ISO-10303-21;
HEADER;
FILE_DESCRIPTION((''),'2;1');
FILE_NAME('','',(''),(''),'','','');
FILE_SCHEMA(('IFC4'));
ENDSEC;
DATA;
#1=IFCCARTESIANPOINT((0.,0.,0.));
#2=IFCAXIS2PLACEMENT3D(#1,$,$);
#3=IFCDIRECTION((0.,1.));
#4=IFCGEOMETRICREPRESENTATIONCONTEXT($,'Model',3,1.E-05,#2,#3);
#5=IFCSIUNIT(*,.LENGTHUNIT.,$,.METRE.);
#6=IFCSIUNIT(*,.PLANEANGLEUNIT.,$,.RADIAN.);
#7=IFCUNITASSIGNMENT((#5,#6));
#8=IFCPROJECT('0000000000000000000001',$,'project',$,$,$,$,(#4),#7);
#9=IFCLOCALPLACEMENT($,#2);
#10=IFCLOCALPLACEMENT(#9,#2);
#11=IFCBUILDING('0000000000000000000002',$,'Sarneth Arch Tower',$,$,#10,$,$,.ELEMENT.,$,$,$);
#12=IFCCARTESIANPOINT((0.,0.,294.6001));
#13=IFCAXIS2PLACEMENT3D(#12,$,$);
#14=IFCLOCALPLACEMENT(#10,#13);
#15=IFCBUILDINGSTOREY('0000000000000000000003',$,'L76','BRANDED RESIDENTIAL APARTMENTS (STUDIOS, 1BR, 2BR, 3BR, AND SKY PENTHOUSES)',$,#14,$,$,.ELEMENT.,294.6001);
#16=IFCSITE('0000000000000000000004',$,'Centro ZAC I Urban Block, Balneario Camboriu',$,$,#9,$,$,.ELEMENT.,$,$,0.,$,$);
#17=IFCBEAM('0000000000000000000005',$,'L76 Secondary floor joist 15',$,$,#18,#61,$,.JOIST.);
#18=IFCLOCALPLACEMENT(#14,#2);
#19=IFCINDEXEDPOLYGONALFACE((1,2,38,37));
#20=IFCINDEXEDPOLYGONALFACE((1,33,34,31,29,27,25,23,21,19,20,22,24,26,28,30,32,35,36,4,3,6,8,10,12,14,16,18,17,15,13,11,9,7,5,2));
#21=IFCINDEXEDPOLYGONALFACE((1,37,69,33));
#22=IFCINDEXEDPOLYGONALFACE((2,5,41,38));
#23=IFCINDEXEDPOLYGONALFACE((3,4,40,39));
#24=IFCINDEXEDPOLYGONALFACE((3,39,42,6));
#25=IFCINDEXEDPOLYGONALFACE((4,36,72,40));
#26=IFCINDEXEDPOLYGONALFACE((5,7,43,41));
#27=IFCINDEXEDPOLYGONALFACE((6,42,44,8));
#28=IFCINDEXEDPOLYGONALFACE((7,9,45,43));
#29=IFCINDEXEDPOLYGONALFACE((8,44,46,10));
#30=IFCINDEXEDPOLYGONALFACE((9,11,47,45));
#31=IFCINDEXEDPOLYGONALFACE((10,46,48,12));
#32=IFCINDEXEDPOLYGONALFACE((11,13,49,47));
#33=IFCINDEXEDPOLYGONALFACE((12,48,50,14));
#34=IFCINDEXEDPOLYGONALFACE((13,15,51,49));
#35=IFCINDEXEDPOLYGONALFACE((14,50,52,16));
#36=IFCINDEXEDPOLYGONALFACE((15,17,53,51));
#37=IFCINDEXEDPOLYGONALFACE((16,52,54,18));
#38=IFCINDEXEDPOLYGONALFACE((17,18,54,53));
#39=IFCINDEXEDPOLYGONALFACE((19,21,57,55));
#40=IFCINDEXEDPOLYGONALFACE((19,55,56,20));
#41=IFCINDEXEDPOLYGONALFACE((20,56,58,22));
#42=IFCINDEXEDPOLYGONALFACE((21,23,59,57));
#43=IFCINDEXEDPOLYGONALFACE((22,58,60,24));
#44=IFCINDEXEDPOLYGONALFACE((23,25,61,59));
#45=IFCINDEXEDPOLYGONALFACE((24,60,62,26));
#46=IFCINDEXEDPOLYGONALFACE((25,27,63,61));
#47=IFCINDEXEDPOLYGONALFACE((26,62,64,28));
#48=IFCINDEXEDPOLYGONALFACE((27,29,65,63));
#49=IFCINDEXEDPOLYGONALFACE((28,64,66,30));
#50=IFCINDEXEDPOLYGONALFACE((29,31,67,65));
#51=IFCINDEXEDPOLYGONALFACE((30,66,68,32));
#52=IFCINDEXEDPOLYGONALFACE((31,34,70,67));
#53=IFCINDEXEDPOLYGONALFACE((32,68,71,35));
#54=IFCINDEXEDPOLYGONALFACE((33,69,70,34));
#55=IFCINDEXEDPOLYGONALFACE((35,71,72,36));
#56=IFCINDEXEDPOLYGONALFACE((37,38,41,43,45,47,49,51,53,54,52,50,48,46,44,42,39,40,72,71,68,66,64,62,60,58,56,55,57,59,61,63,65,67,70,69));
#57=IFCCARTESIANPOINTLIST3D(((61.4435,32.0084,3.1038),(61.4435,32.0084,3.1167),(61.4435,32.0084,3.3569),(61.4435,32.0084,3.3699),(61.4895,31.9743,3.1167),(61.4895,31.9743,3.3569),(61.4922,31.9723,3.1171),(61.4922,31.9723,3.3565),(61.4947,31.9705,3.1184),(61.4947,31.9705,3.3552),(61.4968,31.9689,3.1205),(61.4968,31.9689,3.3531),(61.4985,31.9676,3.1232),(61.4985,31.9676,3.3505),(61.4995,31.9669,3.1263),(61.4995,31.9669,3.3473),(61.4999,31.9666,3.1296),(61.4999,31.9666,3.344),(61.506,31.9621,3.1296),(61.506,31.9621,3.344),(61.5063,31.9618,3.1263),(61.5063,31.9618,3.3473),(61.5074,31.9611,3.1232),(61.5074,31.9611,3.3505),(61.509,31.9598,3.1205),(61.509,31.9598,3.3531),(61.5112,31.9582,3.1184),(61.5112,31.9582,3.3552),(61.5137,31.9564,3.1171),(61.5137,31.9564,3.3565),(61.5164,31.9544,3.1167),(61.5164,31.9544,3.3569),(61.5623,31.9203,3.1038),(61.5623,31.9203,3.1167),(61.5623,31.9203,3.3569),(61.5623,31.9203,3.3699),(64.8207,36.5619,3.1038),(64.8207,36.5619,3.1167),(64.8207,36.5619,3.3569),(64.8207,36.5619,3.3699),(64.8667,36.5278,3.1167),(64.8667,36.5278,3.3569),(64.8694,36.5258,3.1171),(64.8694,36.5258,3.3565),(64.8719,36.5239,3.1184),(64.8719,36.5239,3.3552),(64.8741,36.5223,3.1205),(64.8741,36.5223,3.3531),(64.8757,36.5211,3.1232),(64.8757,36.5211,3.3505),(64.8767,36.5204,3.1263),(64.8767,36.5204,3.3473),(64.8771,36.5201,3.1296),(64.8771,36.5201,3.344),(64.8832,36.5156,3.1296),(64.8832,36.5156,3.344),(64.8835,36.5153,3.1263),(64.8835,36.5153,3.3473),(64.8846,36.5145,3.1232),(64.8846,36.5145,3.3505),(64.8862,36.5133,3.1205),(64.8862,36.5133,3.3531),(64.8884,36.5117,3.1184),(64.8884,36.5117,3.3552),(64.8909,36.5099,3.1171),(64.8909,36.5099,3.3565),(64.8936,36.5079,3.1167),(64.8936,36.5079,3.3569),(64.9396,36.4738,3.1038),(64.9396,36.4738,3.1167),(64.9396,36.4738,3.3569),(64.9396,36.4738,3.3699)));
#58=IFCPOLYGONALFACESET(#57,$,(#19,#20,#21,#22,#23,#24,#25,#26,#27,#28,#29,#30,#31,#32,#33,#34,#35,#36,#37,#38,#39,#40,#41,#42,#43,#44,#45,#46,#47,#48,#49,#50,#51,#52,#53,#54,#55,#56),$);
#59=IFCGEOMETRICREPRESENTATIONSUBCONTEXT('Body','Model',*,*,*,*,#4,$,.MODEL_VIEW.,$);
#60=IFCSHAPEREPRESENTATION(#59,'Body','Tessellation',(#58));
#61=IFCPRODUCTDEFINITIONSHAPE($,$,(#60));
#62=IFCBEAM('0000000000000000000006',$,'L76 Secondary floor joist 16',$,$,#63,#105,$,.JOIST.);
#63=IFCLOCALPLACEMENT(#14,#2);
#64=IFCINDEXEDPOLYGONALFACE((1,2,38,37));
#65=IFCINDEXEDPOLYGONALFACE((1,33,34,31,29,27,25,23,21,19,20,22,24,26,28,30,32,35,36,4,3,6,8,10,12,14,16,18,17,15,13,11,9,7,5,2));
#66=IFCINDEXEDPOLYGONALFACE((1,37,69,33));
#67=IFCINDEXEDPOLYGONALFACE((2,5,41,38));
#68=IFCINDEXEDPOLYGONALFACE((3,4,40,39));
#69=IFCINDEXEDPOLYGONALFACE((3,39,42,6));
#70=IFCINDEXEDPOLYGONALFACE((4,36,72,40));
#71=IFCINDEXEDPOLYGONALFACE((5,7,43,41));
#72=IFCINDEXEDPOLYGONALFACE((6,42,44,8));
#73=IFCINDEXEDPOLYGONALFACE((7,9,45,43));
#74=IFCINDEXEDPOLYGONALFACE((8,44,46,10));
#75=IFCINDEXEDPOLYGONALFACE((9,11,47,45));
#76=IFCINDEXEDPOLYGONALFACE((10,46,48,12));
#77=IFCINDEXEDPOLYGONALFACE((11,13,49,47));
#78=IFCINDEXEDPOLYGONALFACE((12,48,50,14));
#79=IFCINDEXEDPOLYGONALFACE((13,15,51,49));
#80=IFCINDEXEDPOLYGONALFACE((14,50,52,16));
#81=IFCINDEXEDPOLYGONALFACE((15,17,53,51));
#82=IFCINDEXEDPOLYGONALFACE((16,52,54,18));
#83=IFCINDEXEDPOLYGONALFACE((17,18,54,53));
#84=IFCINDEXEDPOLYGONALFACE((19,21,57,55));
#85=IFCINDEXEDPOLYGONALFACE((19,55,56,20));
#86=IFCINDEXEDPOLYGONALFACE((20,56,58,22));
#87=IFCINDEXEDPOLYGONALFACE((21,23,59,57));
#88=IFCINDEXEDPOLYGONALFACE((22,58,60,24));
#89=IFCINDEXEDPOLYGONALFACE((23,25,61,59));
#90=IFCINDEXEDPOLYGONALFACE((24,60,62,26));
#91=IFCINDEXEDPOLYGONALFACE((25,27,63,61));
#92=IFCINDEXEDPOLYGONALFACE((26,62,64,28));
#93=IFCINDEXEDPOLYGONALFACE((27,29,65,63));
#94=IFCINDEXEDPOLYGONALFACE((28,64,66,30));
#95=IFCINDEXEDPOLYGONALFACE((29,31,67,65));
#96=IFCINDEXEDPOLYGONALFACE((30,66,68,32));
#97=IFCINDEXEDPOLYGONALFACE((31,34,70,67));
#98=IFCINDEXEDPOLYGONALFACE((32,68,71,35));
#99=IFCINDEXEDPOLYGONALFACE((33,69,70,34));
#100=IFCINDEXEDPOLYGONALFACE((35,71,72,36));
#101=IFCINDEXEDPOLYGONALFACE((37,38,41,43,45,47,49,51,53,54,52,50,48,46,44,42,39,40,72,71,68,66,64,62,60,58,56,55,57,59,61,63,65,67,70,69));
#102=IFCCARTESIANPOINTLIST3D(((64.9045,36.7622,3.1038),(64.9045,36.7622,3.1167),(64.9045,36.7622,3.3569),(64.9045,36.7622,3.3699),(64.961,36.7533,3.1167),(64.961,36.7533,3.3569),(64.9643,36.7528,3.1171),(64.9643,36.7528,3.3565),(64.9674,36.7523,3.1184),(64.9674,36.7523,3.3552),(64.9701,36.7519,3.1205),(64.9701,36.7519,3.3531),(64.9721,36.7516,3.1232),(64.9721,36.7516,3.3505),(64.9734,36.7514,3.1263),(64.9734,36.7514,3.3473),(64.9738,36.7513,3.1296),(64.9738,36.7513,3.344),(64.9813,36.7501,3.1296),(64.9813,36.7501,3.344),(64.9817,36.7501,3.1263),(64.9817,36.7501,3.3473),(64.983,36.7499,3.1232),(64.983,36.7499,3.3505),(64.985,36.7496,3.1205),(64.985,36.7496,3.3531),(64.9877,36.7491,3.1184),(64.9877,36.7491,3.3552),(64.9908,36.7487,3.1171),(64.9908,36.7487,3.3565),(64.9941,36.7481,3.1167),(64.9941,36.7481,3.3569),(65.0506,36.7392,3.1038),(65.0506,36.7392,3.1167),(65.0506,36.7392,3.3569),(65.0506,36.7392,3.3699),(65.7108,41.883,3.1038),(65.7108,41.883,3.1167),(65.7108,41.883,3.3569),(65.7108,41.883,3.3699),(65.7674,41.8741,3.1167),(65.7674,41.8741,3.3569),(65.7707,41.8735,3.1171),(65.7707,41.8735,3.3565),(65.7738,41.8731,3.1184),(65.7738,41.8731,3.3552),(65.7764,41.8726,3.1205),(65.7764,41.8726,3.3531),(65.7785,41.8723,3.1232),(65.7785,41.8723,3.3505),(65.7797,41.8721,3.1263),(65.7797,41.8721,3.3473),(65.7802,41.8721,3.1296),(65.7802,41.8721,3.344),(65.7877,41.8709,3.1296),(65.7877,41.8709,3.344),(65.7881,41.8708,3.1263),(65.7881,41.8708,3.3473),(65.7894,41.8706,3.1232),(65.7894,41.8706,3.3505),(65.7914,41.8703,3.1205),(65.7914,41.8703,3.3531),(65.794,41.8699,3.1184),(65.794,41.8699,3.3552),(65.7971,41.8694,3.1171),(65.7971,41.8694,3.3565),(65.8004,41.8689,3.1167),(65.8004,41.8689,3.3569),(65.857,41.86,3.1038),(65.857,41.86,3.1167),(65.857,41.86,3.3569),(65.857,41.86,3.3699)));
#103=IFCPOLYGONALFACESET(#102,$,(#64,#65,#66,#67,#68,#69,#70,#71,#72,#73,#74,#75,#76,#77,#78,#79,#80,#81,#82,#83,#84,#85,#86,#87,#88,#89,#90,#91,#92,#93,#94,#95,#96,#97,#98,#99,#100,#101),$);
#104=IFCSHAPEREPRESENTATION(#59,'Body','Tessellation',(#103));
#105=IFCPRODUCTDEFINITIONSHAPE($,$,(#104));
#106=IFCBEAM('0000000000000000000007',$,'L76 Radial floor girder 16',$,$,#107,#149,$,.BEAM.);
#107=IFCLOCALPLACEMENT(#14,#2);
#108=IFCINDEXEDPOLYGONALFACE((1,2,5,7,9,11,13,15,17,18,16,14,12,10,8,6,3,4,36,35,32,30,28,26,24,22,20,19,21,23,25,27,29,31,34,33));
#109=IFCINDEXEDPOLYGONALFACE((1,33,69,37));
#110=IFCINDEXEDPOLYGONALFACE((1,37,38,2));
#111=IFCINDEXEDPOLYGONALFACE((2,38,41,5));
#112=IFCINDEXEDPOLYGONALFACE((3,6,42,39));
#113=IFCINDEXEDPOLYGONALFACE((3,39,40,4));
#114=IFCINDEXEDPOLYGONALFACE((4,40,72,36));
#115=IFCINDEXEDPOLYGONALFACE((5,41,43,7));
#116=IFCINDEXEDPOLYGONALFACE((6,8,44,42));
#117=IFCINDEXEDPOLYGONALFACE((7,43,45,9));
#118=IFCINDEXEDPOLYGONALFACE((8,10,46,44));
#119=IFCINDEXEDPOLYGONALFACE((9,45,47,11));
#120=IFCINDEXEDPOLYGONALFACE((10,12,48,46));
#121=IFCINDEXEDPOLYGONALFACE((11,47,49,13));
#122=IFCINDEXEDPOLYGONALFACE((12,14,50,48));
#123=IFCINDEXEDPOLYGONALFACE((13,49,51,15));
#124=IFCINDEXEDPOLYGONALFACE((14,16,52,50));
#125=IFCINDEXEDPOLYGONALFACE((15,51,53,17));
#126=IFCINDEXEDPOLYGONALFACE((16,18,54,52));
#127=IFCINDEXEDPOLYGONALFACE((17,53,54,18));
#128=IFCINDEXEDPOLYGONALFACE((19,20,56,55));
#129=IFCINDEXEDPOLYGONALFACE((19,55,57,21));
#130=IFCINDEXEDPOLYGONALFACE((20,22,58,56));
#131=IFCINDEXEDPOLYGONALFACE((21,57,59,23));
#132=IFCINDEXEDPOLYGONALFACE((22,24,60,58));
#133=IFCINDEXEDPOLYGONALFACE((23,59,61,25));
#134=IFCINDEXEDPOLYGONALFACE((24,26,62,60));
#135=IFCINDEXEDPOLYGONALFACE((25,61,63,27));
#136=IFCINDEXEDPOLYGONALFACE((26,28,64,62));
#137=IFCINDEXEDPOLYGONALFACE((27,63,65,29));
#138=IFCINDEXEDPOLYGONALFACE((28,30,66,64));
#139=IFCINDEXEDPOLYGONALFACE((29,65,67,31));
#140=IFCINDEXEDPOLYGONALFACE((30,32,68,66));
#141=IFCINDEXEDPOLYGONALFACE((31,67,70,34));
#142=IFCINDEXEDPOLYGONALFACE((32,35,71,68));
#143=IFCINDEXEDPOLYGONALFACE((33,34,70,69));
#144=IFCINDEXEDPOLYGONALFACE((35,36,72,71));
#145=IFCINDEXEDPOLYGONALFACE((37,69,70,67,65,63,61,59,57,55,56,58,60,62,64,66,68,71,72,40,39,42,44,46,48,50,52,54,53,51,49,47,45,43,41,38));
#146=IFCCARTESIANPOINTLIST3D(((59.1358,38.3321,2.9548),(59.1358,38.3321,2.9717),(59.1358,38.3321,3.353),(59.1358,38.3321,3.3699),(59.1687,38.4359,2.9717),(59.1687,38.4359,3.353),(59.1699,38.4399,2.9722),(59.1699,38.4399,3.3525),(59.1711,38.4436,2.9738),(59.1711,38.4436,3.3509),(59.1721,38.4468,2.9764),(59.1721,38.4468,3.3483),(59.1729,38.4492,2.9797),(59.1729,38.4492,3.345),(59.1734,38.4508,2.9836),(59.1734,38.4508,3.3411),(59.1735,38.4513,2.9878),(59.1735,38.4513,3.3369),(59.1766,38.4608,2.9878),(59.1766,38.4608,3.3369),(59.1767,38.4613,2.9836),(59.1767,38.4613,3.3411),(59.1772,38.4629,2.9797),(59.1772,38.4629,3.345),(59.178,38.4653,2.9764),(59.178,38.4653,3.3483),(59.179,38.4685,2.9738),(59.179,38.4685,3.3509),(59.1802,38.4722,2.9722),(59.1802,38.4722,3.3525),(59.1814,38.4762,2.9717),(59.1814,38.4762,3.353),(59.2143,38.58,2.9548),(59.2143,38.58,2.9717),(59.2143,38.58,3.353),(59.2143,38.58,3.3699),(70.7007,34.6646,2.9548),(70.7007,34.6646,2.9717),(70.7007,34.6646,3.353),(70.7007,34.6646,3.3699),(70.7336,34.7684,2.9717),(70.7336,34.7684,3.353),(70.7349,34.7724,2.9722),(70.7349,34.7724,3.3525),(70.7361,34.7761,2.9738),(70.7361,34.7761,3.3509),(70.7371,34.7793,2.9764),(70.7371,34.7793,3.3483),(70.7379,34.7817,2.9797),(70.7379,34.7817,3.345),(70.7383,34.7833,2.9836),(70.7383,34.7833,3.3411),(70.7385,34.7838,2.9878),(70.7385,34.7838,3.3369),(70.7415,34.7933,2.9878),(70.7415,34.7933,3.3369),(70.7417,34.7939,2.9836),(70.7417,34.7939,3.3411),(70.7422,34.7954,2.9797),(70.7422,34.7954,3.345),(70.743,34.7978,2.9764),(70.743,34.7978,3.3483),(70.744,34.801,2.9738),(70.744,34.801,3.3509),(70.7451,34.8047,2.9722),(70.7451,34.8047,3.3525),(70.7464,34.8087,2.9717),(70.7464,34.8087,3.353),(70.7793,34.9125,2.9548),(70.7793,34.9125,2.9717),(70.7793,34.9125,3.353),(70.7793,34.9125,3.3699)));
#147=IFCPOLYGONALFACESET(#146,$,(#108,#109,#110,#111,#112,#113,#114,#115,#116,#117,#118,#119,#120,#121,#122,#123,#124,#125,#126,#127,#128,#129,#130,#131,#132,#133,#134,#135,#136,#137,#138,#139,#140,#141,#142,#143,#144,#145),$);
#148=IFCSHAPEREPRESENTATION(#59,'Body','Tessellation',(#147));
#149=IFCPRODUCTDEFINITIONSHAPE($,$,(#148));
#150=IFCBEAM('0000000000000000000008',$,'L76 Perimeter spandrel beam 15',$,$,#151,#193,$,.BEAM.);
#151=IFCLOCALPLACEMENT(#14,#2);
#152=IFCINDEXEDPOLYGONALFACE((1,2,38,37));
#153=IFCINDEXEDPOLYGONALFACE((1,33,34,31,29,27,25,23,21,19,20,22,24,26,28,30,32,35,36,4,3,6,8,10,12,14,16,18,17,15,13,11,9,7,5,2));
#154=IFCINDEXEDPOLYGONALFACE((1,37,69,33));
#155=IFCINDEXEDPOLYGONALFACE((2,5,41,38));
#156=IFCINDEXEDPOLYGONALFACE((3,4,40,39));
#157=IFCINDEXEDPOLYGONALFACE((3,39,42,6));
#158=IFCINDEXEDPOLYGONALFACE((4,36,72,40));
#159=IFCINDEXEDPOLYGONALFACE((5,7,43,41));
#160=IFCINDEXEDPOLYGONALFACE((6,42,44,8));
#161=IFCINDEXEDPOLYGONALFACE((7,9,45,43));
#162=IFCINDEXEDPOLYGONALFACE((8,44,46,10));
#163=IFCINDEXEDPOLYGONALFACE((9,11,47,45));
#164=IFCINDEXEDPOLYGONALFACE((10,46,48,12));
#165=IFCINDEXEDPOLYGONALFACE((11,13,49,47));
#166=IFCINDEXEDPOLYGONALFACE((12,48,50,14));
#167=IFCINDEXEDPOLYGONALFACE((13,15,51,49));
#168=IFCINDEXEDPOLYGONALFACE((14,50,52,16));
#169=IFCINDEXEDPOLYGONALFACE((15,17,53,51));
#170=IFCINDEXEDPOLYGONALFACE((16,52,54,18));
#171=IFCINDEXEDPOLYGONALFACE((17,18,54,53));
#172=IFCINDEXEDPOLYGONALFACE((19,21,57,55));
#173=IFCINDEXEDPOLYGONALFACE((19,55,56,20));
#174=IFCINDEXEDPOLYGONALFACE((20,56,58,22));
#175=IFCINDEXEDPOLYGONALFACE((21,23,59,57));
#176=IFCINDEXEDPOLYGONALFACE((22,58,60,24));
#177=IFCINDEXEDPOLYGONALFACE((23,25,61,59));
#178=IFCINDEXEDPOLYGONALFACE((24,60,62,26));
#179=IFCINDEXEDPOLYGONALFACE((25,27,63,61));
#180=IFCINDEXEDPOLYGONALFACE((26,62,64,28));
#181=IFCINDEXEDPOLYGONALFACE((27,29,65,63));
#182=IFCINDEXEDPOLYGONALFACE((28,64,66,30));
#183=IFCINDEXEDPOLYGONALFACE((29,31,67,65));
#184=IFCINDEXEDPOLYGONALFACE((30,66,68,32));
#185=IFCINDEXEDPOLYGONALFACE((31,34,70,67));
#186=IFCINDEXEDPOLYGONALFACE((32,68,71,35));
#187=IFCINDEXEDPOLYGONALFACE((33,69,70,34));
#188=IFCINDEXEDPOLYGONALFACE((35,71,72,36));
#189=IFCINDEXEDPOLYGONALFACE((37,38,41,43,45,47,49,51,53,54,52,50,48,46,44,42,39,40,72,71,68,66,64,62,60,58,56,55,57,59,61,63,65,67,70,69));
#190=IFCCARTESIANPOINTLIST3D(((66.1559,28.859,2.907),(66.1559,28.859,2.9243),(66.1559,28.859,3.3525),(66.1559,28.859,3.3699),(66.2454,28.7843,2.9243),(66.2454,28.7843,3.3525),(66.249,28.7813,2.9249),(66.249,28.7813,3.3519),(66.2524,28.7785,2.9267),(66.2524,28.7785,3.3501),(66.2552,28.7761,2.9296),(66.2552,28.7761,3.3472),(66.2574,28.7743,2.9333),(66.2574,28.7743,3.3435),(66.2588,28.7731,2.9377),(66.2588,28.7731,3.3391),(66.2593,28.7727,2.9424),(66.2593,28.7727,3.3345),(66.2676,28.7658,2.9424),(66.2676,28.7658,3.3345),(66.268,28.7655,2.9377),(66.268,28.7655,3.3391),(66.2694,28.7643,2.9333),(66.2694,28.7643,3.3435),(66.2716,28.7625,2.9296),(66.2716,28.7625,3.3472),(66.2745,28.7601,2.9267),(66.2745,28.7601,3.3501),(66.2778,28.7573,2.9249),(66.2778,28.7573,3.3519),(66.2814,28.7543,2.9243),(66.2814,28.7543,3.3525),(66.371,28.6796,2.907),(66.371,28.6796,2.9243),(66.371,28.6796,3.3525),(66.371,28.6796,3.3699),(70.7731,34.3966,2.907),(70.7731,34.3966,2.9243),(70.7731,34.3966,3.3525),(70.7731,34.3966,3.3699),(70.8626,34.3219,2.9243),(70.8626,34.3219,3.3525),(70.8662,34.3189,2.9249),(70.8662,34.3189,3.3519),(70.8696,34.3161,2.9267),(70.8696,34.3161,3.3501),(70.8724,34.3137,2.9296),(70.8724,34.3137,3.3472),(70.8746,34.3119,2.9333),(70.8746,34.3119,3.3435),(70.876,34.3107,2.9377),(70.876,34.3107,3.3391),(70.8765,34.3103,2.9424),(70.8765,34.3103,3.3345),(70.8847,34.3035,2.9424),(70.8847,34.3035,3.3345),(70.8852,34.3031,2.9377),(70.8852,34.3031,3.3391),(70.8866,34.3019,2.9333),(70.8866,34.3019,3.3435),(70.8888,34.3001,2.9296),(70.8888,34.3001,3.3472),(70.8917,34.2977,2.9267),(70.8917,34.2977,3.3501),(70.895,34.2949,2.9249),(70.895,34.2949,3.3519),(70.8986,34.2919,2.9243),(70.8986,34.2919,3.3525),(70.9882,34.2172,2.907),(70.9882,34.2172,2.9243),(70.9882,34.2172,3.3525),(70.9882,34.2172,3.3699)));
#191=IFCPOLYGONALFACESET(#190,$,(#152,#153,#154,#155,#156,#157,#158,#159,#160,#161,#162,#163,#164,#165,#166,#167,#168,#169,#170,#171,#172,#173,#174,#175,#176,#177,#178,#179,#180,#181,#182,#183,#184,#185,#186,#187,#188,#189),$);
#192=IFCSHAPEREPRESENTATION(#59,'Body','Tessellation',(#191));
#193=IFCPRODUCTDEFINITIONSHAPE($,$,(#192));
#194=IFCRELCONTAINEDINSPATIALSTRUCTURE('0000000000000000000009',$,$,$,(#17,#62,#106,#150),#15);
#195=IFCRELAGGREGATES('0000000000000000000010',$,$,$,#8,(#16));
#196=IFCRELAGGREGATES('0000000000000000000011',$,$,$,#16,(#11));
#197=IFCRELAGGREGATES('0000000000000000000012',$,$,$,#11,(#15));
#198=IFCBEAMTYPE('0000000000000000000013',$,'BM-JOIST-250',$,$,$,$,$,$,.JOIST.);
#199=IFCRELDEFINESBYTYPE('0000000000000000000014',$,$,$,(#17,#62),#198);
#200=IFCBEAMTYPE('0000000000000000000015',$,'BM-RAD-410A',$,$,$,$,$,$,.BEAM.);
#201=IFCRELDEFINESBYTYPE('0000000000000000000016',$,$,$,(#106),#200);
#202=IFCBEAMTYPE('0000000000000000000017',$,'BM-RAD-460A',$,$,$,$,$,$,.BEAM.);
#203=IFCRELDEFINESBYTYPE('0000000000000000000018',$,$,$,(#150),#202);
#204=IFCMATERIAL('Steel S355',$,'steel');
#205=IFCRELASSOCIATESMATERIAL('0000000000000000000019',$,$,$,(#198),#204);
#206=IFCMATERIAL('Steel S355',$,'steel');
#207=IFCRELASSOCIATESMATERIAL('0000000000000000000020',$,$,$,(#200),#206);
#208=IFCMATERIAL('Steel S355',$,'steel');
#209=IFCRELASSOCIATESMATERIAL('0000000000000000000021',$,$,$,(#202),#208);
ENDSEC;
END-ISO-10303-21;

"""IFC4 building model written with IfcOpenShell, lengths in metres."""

from ifc_helpers import new_model, si_unit, direction, frame, origin, origin_2d, place, context, subcontext, project, spatial, i_section, extrude, material, material_profile, profile_set, type_object, element, save


model = new_model("IFC4")

# Units and contexts
model_context = context("Model", 3, precision=1e-05, world=origin(), true_north=direction((0.0, 1.0)))
body_context = subcontext(model_context, "Body", "Model", "MODEL_VIEW")
ifc_project = project(units=[si_unit("LENGTHUNIT", "METRE"), si_unit("PLANEANGLEUNIT", "RADIAN")], contexts=[model_context])

# Site, building, storey
site_placement = place(None, origin())
site = spatial("IfcSite", under=ifc_project, at=site_placement, Name="Centro ZAC I Urban Block, Balneario Camboriu", CompositionType="ELEMENT", RefElevation=0.0)
building_placement = place(site_placement, origin())
building = spatial("IfcBuilding", under=site, at=building_placement, Name="Sarneth Arch Tower", CompositionType="ELEMENT")
storey_placement = place(building_placement, frame((0.0, 0.0, 294.6001)))
storey = spatial("IfcBuildingStorey", under=building, at=storey_placement, Name="L76", Description="BRANDED RESIDENTIAL APARTMENTS (STUDIOS, 1BR, 2BR, 3BR, AND SKY PENTHOUSES)", CompositionType="ELEMENT", Elevation=294.6001)

# Beams
ifc_material_1 = material(Name="Steel S355", Category="steel")
ifc_material_profile_1 = material_profile(ifc_material_1, i_section(OverallWidth=0.1479, OverallDepth=0.2661, WebThickness=0.0076, FlangeThickness=0.0129, FilletRadius=0.0129, at=origin_2d()), Name="W250x44.8")
ifc_profile_set_1 = profile_set([ifc_material_profile_1], Name="Steel S355")
beam_type_1 = type_object("IfcBeamType", Name="BM-JOIST-250", PredefinedType="JOIST", material=ifc_profile_set_1)
beam_1_placement = place(storey_placement, frame((61.5029, 31.9644, 3.2368), z_axis=(0.595713, 0.803198, 0.0), x_axis=(-0.803198, 0.595713, 0.0)))
element("IfcBeam", 1, at=beam_1_placement, inside=storey, type_object=beam_type_1, Name="L76 Secondary floor joist 15", PredefinedType="JOIST", context=body_context, shape_type="SweptSolid", body=[
    extrude(i_section(OverallWidth=0.1479, OverallDepth=0.2661, WebThickness=0.0076, FlangeThickness=0.0129, FilletRadius=0.0129, at=origin_2d()), origin(), (0.0, 0.0, 1.0), 5.6692),
])
beam_2_placement = place(storey_placement, frame((64.9775, 36.7507, 3.2368), z_axis=(0.155556, 0.987827, 0.0), x_axis=(-0.987827, 0.155556, 0.0)))
element("IfcBeam", 2, at=beam_2_placement, inside=storey, type_object=beam_type_1, Name="L76 Secondary floor joist 16", PredefinedType="JOIST", context=body_context, shape_type="SweptSolid", body=[
    extrude(i_section(OverallWidth=0.1479, OverallDepth=0.2661, WebThickness=0.0076, FlangeThickness=0.0129, FilletRadius=0.0129, at=origin_2d()), origin(), (0.0, 0.0, 1.0), 5.1838),
])
ifc_material_2 = material(Name="Steel S355", Category="steel")
ifc_material_profile_2 = material_profile(ifc_material_2, i_section(OverallWidth=0.26, OverallDepth=0.415, WebThickness=0.01, FlangeThickness=0.0168, FilletRadius=0.0161, at=origin_2d()), Name="W410x100")
ifc_profile_set_2 = profile_set([ifc_material_profile_2], Name="Steel S355")
beam_type_2 = type_object("IfcBeamType", Name="BM-RAD-410A", PredefinedType="BEAM", material=ifc_profile_set_2)
beam_3_placement = place(storey_placement, frame((59.175, 38.4561, 3.1624), z_axis=(0.953218, -0.302285, 0.0), x_axis=(0.302285, 0.953218, 0.0)))
element("IfcBeam", 3, at=beam_3_placement, inside=storey, type_object=beam_type_2, Name="L76 Radial floor girder 16", PredefinedType="BEAM", context=body_context, shape_type="SweptSolid", body=[
    extrude(i_section(OverallWidth=0.26, OverallDepth=0.415, WebThickness=0.01, FlangeThickness=0.0168, FilletRadius=0.0161, at=origin_2d()), origin(), (0.0, 0.0, 1.0), 12.1326),
])
ifc_material_3 = material(Name="Steel S355", Category="steel")
ifc_material_profile_3 = material_profile(ifc_material_3, i_section(OverallWidth=0.28, OverallDepth=0.4629, WebThickness=0.0107, FlangeThickness=0.0173, FilletRadius=0.0181, at=origin_2d()), Name="W460x113")
ifc_profile_set_3 = profile_set([ifc_material_profile_3], Name="Steel S355")
beam_type_3 = type_object("IfcBeamType", Name="BM-RAD-460A", PredefinedType="BEAM", material=ifc_profile_set_3)
beam_4_placement = place(storey_placement, frame((66.2634, 28.7693, 3.1384), z_axis=(0.640391, 0.768049, 0.0), x_axis=(-0.768049, 0.640391, 0.0)))
element("IfcBeam", 4, at=beam_4_placement, inside=storey, type_object=beam_type_3, Name="L76 Perimeter spandrel beam 15", PredefinedType="BEAM", context=body_context, shape_type="SweptSolid", body=[
    extrude(i_section(OverallWidth=0.28, OverallDepth=0.4629, WebThickness=0.0107, FlangeThickness=0.0173, FilletRadius=0.0181, at=origin_2d()), origin(), (0.0, 0.0, 1.0), 7.21),
])

save(model, "model.ifc")
